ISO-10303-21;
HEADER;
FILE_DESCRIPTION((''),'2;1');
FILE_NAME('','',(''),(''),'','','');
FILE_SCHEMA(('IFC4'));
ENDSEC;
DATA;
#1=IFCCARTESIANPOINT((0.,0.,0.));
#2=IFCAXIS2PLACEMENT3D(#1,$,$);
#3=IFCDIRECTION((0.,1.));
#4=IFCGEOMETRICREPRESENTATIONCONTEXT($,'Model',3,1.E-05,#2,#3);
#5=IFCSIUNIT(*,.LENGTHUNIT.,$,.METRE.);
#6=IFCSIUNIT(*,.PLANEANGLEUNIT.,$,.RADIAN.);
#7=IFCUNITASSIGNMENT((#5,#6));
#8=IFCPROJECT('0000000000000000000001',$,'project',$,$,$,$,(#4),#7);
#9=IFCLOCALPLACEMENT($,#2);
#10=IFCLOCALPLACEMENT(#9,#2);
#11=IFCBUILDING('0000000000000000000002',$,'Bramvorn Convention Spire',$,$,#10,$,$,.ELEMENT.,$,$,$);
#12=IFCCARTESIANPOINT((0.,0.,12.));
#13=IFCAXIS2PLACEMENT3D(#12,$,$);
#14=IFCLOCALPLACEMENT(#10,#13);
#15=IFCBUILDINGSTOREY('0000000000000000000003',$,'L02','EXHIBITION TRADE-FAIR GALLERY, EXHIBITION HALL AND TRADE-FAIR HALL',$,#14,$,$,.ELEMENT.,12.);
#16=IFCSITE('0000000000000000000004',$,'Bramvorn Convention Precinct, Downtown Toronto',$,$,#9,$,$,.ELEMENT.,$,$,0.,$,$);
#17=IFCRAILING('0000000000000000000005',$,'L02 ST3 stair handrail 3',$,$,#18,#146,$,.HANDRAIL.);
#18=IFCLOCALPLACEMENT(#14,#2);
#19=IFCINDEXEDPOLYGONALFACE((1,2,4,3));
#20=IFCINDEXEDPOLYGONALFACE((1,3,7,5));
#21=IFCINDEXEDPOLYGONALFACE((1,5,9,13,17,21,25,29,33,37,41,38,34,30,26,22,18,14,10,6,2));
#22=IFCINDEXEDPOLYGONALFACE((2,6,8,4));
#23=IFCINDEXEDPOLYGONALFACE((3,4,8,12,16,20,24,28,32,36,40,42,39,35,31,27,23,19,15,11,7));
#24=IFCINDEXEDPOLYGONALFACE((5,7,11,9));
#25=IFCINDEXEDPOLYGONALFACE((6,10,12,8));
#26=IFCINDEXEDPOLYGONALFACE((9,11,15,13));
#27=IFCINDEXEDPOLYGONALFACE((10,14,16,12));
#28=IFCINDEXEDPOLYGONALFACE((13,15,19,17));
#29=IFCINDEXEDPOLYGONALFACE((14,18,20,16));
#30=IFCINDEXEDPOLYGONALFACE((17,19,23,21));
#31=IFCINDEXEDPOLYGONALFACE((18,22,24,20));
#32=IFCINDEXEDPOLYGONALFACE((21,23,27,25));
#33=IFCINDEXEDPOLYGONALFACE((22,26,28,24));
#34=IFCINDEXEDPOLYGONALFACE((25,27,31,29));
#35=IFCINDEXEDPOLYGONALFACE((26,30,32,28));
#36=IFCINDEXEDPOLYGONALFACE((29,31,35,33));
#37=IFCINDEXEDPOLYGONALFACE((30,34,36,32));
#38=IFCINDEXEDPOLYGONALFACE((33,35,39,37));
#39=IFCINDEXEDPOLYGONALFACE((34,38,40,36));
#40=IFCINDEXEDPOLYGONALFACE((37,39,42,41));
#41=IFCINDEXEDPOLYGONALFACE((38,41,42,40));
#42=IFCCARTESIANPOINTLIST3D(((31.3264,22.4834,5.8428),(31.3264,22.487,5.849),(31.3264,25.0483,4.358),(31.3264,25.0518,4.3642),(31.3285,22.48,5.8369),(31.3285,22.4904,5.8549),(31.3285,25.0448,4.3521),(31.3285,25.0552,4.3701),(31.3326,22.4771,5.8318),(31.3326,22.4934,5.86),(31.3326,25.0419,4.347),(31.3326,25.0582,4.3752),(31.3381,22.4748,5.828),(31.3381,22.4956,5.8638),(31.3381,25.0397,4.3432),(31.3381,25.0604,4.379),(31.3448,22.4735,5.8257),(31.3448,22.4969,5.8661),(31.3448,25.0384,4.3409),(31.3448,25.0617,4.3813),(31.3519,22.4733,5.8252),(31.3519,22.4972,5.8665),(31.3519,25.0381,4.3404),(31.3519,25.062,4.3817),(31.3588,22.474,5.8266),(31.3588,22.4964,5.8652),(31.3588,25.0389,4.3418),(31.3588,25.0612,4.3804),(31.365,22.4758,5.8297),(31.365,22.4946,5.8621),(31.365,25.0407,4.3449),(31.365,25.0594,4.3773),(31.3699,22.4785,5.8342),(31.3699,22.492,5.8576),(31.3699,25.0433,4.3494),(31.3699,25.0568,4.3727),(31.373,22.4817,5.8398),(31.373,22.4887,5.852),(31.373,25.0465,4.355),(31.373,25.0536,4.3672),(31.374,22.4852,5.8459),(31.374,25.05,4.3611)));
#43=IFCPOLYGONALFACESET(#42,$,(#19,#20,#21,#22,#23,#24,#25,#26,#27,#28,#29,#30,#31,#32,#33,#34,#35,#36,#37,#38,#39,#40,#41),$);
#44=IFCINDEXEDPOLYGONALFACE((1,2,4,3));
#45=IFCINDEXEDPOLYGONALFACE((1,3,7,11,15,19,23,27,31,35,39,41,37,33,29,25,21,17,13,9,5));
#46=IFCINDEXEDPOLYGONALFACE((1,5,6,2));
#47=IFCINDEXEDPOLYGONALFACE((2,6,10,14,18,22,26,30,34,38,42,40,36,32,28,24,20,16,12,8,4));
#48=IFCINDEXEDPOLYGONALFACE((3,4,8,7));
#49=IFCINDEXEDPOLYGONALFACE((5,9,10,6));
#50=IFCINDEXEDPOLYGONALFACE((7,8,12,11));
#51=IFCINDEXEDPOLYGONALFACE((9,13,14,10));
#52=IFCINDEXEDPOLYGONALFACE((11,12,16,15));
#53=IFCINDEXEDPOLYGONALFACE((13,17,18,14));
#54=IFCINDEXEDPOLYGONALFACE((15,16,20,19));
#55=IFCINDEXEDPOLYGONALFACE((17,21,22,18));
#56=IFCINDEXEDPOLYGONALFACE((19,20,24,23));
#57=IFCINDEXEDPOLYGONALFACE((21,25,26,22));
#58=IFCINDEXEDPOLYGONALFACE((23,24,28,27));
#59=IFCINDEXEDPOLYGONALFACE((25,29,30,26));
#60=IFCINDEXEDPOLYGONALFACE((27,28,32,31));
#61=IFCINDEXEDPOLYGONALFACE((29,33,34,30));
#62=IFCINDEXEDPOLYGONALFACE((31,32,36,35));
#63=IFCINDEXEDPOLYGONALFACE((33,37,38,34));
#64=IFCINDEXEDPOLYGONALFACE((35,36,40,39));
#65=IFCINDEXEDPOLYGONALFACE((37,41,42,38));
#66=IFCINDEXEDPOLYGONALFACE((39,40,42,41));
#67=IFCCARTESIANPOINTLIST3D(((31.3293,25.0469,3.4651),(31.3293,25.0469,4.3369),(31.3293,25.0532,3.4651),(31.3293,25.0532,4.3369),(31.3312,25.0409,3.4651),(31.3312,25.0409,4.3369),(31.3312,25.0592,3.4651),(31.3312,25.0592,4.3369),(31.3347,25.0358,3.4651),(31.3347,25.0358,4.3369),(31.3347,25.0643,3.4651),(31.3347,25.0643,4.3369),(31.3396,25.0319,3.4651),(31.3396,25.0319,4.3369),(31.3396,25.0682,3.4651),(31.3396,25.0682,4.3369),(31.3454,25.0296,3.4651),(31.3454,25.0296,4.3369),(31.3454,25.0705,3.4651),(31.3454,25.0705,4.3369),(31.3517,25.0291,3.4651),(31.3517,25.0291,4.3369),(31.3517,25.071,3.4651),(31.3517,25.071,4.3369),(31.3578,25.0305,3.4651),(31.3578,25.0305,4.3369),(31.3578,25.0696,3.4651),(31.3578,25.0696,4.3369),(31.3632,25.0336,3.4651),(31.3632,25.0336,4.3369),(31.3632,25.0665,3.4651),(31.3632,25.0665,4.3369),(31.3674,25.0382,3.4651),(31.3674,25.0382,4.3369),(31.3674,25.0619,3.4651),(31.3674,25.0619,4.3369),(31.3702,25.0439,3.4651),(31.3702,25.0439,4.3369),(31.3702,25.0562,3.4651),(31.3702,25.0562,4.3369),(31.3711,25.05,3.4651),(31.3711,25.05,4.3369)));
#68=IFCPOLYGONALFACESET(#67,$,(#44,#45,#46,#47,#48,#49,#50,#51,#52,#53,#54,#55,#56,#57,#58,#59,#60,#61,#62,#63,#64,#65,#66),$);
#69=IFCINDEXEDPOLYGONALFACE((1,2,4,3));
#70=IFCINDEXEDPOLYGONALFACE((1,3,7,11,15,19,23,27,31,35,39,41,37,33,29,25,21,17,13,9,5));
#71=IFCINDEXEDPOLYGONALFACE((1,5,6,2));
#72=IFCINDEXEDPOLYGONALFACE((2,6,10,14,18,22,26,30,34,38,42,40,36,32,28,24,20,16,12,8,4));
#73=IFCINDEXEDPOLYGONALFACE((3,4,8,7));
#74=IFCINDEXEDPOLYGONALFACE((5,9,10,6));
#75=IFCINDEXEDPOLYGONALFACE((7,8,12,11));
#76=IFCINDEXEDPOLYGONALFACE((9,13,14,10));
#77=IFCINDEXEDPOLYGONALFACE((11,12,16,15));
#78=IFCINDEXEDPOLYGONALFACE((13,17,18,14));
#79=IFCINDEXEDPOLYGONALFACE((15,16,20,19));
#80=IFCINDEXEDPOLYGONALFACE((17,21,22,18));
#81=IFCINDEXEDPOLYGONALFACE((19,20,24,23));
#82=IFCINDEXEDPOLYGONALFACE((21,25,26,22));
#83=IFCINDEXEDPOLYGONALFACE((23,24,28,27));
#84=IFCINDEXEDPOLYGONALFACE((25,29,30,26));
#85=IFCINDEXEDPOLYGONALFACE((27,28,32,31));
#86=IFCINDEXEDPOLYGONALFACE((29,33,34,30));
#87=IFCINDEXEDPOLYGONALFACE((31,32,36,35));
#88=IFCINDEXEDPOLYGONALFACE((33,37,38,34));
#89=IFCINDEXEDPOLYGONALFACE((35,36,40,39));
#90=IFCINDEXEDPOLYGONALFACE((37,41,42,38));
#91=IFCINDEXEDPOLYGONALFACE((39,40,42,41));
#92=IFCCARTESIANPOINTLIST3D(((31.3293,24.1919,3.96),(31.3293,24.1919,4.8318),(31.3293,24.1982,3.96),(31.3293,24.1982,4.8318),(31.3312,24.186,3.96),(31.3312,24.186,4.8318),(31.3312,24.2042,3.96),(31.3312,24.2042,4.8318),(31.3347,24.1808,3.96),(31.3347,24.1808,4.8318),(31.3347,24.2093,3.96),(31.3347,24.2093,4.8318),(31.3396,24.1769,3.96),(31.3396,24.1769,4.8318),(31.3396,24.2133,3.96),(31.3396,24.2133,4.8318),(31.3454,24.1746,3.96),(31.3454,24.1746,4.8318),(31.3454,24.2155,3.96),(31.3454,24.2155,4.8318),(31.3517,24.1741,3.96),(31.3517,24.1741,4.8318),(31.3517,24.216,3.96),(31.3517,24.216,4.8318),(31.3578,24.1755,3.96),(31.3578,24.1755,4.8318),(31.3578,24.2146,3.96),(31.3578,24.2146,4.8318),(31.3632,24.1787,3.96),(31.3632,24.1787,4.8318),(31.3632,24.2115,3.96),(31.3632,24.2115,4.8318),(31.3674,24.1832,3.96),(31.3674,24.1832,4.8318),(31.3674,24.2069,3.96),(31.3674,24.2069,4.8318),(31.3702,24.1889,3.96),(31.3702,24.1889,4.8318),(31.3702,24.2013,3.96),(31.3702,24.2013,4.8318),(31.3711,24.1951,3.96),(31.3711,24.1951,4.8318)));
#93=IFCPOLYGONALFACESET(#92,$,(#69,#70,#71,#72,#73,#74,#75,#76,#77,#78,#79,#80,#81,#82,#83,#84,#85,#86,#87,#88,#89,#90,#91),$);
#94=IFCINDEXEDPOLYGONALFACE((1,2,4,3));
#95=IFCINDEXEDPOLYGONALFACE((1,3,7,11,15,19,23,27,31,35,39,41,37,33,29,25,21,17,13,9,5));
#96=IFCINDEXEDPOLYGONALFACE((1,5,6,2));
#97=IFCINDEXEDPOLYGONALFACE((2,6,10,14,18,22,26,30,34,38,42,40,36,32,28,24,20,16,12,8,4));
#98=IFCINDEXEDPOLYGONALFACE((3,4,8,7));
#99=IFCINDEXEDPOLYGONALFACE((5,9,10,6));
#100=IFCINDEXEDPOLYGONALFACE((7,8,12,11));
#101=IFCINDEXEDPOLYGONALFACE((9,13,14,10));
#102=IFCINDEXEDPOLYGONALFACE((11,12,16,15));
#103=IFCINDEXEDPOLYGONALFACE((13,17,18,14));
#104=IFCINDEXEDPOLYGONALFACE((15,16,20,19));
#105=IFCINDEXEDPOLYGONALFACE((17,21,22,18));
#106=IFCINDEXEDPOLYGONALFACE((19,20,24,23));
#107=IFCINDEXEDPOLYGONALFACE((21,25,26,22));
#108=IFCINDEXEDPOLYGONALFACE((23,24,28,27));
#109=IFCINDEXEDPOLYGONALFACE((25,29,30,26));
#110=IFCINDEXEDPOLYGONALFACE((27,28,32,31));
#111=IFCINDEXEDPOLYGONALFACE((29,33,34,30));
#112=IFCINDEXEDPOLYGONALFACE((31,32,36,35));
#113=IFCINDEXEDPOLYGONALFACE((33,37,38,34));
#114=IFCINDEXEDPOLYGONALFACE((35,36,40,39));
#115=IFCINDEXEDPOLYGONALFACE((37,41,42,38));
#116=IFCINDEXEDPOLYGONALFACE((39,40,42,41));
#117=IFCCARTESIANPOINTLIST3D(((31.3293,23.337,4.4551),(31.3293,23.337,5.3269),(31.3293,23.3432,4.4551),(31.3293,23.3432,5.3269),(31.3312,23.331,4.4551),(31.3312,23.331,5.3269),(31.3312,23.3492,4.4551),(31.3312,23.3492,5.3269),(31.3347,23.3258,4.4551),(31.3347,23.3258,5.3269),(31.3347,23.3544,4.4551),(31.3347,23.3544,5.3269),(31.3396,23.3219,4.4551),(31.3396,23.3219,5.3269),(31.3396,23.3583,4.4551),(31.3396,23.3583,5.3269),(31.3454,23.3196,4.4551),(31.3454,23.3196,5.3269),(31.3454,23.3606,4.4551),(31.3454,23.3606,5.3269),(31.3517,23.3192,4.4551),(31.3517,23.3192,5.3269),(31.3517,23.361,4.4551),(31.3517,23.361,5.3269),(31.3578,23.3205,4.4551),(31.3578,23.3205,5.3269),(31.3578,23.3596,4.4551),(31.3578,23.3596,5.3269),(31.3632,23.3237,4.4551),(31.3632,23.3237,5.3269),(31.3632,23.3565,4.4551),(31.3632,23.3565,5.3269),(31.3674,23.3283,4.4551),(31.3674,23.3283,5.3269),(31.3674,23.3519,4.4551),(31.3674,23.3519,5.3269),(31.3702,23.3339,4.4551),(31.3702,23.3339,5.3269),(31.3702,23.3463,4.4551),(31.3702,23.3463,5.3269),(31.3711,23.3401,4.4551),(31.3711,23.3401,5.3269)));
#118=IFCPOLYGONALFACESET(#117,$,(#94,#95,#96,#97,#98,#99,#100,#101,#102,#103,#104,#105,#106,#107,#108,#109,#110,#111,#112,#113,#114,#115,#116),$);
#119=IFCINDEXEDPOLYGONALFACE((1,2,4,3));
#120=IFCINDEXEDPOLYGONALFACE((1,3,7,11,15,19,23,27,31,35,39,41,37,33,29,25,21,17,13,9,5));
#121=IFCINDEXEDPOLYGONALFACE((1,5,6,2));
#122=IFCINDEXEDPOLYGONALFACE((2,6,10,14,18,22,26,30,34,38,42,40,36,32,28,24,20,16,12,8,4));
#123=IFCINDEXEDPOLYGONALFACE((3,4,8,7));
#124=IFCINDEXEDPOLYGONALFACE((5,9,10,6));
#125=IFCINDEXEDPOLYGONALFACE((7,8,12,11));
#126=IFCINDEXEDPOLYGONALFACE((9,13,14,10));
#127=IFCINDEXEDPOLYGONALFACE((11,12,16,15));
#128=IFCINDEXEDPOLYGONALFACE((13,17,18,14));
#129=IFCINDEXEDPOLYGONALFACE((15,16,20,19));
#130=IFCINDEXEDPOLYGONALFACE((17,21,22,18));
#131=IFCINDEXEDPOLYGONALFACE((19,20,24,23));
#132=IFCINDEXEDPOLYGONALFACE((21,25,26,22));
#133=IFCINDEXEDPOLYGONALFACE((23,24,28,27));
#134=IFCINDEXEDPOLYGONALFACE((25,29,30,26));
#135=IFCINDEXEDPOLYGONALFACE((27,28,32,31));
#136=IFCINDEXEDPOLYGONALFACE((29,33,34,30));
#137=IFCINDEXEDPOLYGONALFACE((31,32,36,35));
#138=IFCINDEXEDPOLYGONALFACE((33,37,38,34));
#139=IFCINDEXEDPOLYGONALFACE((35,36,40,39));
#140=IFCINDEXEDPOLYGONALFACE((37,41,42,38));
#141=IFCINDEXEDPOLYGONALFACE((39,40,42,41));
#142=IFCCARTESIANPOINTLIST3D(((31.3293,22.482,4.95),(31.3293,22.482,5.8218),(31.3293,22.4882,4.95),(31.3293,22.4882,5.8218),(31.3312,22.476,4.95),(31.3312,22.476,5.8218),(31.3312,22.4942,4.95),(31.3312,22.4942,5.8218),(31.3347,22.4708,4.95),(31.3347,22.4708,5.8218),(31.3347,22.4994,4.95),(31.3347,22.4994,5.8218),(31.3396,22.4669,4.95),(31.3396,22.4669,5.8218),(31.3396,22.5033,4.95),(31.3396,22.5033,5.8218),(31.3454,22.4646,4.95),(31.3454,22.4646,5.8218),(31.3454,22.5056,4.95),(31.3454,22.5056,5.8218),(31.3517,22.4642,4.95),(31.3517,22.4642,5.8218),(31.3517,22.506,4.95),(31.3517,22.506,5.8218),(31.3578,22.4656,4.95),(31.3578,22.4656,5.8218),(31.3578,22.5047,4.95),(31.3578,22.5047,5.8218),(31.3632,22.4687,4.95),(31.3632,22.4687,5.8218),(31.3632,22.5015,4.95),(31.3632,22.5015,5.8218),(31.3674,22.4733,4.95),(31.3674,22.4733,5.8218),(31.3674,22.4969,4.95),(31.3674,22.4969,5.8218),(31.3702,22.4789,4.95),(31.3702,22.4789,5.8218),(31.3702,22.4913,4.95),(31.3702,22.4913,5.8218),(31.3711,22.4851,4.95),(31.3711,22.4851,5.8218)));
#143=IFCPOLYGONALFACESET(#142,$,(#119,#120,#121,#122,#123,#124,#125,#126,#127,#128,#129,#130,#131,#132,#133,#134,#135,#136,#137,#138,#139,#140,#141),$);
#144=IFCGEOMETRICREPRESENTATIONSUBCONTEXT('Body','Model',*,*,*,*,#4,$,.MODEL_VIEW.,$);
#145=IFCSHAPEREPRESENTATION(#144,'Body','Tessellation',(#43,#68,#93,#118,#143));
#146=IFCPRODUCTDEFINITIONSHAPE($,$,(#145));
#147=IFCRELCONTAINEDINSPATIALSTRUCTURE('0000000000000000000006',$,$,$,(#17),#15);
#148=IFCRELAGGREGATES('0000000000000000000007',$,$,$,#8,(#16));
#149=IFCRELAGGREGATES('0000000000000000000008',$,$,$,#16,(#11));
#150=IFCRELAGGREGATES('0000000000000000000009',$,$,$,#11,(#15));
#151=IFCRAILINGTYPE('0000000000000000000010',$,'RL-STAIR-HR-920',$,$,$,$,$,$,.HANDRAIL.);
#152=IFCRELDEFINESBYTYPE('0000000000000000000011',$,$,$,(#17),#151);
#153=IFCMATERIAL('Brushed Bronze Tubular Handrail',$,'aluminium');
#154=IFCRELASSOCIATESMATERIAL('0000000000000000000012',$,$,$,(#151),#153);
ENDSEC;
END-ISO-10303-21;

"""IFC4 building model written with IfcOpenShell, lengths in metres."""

from ifc_helpers import new_model, si_unit, direction, frame, origin, origin_2d, place, context, subcontext, project, spatial, circle, extrude, material, type_object, element, save


model = new_model("IFC4")

# Units and contexts
model_context = context("Model", 3, precision=1e-05, world=origin(), true_north=direction((0.0, 1.0)))
body_context = subcontext(model_context, "Body", "Model", "MODEL_VIEW")
ifc_project = project(units=[si_unit("LENGTHUNIT", "METRE"), si_unit("PLANEANGLEUNIT", "RADIAN")], contexts=[model_context])

# Site, building, storey
site_placement = place(None, origin())
site = spatial("IfcSite", under=ifc_project, at=site_placement, Name="Bramvorn Convention Precinct, Downtown Toronto", CompositionType="ELEMENT", RefElevation=0.0)
building_placement = place(site_placement, origin())
building = spatial("IfcBuilding", under=site, at=building_placement, Name="Bramvorn Convention Spire", CompositionType="ELEMENT")
storey_placement = place(building_placement, frame((0.0, 0.0, 12.0)))
storey = spatial("IfcBuildingStorey", under=building, at=storey_placement, Name="L02", Description="EXHIBITION TRADE-FAIR GALLERY, EXHIBITION HALL AND TRADE-FAIR HALL", CompositionType="ELEMENT", Elevation=12.0)

# Railing
ifc_material_1 = material(Name="Brushed Bronze Tubular Handrail", Category="aluminium")
railing_type_1 = type_object("IfcRailingType", Name="RL-STAIR-HR-920", PredefinedType="HANDRAIL", material=ifc_material_1)
for number, where, name in (
    (1, (31.3501, 25.05, 3.4651), "L02 ST3 stair handrail 3"),
):
    element("IfcRailing", number, at=place(storey_placement, frame(where)), inside=storey, type_object=railing_type_1, Name=name, PredefinedType="HANDRAIL", context=body_context, shape_type="SweptSolid", body=[
        extrude(circle(Radius=0.0239, at=origin_2d()), frame((0.0, 0.0, 0.896), z_axis=(0.0, -0.865441, 0.50101), x_axis=(1.0, 0.0, 0.0)), (0.0, 0.0, 1.0), 2.9636),
        extrude(circle(Radius=0.021, at=origin_2d()), origin(), (0.0, 0.0, 1.0), 0.8718),
        extrude(circle(Radius=0.021, at=origin_2d()), frame((0.0, -0.855, 0.4949)), (0.0, 0.0, 1.0), 0.8718),
        extrude(circle(Radius=0.021, at=origin_2d()), frame((0.0, -1.71, 0.99)), (0.0, 0.0, 1.0), 0.8718),
        extrude(circle(Radius=0.021, at=origin_2d()), frame((0.0, -2.5649, 1.4849)), (0.0, 0.0, 1.0), 0.8718),
    ])

save(model, "model.ifc")
